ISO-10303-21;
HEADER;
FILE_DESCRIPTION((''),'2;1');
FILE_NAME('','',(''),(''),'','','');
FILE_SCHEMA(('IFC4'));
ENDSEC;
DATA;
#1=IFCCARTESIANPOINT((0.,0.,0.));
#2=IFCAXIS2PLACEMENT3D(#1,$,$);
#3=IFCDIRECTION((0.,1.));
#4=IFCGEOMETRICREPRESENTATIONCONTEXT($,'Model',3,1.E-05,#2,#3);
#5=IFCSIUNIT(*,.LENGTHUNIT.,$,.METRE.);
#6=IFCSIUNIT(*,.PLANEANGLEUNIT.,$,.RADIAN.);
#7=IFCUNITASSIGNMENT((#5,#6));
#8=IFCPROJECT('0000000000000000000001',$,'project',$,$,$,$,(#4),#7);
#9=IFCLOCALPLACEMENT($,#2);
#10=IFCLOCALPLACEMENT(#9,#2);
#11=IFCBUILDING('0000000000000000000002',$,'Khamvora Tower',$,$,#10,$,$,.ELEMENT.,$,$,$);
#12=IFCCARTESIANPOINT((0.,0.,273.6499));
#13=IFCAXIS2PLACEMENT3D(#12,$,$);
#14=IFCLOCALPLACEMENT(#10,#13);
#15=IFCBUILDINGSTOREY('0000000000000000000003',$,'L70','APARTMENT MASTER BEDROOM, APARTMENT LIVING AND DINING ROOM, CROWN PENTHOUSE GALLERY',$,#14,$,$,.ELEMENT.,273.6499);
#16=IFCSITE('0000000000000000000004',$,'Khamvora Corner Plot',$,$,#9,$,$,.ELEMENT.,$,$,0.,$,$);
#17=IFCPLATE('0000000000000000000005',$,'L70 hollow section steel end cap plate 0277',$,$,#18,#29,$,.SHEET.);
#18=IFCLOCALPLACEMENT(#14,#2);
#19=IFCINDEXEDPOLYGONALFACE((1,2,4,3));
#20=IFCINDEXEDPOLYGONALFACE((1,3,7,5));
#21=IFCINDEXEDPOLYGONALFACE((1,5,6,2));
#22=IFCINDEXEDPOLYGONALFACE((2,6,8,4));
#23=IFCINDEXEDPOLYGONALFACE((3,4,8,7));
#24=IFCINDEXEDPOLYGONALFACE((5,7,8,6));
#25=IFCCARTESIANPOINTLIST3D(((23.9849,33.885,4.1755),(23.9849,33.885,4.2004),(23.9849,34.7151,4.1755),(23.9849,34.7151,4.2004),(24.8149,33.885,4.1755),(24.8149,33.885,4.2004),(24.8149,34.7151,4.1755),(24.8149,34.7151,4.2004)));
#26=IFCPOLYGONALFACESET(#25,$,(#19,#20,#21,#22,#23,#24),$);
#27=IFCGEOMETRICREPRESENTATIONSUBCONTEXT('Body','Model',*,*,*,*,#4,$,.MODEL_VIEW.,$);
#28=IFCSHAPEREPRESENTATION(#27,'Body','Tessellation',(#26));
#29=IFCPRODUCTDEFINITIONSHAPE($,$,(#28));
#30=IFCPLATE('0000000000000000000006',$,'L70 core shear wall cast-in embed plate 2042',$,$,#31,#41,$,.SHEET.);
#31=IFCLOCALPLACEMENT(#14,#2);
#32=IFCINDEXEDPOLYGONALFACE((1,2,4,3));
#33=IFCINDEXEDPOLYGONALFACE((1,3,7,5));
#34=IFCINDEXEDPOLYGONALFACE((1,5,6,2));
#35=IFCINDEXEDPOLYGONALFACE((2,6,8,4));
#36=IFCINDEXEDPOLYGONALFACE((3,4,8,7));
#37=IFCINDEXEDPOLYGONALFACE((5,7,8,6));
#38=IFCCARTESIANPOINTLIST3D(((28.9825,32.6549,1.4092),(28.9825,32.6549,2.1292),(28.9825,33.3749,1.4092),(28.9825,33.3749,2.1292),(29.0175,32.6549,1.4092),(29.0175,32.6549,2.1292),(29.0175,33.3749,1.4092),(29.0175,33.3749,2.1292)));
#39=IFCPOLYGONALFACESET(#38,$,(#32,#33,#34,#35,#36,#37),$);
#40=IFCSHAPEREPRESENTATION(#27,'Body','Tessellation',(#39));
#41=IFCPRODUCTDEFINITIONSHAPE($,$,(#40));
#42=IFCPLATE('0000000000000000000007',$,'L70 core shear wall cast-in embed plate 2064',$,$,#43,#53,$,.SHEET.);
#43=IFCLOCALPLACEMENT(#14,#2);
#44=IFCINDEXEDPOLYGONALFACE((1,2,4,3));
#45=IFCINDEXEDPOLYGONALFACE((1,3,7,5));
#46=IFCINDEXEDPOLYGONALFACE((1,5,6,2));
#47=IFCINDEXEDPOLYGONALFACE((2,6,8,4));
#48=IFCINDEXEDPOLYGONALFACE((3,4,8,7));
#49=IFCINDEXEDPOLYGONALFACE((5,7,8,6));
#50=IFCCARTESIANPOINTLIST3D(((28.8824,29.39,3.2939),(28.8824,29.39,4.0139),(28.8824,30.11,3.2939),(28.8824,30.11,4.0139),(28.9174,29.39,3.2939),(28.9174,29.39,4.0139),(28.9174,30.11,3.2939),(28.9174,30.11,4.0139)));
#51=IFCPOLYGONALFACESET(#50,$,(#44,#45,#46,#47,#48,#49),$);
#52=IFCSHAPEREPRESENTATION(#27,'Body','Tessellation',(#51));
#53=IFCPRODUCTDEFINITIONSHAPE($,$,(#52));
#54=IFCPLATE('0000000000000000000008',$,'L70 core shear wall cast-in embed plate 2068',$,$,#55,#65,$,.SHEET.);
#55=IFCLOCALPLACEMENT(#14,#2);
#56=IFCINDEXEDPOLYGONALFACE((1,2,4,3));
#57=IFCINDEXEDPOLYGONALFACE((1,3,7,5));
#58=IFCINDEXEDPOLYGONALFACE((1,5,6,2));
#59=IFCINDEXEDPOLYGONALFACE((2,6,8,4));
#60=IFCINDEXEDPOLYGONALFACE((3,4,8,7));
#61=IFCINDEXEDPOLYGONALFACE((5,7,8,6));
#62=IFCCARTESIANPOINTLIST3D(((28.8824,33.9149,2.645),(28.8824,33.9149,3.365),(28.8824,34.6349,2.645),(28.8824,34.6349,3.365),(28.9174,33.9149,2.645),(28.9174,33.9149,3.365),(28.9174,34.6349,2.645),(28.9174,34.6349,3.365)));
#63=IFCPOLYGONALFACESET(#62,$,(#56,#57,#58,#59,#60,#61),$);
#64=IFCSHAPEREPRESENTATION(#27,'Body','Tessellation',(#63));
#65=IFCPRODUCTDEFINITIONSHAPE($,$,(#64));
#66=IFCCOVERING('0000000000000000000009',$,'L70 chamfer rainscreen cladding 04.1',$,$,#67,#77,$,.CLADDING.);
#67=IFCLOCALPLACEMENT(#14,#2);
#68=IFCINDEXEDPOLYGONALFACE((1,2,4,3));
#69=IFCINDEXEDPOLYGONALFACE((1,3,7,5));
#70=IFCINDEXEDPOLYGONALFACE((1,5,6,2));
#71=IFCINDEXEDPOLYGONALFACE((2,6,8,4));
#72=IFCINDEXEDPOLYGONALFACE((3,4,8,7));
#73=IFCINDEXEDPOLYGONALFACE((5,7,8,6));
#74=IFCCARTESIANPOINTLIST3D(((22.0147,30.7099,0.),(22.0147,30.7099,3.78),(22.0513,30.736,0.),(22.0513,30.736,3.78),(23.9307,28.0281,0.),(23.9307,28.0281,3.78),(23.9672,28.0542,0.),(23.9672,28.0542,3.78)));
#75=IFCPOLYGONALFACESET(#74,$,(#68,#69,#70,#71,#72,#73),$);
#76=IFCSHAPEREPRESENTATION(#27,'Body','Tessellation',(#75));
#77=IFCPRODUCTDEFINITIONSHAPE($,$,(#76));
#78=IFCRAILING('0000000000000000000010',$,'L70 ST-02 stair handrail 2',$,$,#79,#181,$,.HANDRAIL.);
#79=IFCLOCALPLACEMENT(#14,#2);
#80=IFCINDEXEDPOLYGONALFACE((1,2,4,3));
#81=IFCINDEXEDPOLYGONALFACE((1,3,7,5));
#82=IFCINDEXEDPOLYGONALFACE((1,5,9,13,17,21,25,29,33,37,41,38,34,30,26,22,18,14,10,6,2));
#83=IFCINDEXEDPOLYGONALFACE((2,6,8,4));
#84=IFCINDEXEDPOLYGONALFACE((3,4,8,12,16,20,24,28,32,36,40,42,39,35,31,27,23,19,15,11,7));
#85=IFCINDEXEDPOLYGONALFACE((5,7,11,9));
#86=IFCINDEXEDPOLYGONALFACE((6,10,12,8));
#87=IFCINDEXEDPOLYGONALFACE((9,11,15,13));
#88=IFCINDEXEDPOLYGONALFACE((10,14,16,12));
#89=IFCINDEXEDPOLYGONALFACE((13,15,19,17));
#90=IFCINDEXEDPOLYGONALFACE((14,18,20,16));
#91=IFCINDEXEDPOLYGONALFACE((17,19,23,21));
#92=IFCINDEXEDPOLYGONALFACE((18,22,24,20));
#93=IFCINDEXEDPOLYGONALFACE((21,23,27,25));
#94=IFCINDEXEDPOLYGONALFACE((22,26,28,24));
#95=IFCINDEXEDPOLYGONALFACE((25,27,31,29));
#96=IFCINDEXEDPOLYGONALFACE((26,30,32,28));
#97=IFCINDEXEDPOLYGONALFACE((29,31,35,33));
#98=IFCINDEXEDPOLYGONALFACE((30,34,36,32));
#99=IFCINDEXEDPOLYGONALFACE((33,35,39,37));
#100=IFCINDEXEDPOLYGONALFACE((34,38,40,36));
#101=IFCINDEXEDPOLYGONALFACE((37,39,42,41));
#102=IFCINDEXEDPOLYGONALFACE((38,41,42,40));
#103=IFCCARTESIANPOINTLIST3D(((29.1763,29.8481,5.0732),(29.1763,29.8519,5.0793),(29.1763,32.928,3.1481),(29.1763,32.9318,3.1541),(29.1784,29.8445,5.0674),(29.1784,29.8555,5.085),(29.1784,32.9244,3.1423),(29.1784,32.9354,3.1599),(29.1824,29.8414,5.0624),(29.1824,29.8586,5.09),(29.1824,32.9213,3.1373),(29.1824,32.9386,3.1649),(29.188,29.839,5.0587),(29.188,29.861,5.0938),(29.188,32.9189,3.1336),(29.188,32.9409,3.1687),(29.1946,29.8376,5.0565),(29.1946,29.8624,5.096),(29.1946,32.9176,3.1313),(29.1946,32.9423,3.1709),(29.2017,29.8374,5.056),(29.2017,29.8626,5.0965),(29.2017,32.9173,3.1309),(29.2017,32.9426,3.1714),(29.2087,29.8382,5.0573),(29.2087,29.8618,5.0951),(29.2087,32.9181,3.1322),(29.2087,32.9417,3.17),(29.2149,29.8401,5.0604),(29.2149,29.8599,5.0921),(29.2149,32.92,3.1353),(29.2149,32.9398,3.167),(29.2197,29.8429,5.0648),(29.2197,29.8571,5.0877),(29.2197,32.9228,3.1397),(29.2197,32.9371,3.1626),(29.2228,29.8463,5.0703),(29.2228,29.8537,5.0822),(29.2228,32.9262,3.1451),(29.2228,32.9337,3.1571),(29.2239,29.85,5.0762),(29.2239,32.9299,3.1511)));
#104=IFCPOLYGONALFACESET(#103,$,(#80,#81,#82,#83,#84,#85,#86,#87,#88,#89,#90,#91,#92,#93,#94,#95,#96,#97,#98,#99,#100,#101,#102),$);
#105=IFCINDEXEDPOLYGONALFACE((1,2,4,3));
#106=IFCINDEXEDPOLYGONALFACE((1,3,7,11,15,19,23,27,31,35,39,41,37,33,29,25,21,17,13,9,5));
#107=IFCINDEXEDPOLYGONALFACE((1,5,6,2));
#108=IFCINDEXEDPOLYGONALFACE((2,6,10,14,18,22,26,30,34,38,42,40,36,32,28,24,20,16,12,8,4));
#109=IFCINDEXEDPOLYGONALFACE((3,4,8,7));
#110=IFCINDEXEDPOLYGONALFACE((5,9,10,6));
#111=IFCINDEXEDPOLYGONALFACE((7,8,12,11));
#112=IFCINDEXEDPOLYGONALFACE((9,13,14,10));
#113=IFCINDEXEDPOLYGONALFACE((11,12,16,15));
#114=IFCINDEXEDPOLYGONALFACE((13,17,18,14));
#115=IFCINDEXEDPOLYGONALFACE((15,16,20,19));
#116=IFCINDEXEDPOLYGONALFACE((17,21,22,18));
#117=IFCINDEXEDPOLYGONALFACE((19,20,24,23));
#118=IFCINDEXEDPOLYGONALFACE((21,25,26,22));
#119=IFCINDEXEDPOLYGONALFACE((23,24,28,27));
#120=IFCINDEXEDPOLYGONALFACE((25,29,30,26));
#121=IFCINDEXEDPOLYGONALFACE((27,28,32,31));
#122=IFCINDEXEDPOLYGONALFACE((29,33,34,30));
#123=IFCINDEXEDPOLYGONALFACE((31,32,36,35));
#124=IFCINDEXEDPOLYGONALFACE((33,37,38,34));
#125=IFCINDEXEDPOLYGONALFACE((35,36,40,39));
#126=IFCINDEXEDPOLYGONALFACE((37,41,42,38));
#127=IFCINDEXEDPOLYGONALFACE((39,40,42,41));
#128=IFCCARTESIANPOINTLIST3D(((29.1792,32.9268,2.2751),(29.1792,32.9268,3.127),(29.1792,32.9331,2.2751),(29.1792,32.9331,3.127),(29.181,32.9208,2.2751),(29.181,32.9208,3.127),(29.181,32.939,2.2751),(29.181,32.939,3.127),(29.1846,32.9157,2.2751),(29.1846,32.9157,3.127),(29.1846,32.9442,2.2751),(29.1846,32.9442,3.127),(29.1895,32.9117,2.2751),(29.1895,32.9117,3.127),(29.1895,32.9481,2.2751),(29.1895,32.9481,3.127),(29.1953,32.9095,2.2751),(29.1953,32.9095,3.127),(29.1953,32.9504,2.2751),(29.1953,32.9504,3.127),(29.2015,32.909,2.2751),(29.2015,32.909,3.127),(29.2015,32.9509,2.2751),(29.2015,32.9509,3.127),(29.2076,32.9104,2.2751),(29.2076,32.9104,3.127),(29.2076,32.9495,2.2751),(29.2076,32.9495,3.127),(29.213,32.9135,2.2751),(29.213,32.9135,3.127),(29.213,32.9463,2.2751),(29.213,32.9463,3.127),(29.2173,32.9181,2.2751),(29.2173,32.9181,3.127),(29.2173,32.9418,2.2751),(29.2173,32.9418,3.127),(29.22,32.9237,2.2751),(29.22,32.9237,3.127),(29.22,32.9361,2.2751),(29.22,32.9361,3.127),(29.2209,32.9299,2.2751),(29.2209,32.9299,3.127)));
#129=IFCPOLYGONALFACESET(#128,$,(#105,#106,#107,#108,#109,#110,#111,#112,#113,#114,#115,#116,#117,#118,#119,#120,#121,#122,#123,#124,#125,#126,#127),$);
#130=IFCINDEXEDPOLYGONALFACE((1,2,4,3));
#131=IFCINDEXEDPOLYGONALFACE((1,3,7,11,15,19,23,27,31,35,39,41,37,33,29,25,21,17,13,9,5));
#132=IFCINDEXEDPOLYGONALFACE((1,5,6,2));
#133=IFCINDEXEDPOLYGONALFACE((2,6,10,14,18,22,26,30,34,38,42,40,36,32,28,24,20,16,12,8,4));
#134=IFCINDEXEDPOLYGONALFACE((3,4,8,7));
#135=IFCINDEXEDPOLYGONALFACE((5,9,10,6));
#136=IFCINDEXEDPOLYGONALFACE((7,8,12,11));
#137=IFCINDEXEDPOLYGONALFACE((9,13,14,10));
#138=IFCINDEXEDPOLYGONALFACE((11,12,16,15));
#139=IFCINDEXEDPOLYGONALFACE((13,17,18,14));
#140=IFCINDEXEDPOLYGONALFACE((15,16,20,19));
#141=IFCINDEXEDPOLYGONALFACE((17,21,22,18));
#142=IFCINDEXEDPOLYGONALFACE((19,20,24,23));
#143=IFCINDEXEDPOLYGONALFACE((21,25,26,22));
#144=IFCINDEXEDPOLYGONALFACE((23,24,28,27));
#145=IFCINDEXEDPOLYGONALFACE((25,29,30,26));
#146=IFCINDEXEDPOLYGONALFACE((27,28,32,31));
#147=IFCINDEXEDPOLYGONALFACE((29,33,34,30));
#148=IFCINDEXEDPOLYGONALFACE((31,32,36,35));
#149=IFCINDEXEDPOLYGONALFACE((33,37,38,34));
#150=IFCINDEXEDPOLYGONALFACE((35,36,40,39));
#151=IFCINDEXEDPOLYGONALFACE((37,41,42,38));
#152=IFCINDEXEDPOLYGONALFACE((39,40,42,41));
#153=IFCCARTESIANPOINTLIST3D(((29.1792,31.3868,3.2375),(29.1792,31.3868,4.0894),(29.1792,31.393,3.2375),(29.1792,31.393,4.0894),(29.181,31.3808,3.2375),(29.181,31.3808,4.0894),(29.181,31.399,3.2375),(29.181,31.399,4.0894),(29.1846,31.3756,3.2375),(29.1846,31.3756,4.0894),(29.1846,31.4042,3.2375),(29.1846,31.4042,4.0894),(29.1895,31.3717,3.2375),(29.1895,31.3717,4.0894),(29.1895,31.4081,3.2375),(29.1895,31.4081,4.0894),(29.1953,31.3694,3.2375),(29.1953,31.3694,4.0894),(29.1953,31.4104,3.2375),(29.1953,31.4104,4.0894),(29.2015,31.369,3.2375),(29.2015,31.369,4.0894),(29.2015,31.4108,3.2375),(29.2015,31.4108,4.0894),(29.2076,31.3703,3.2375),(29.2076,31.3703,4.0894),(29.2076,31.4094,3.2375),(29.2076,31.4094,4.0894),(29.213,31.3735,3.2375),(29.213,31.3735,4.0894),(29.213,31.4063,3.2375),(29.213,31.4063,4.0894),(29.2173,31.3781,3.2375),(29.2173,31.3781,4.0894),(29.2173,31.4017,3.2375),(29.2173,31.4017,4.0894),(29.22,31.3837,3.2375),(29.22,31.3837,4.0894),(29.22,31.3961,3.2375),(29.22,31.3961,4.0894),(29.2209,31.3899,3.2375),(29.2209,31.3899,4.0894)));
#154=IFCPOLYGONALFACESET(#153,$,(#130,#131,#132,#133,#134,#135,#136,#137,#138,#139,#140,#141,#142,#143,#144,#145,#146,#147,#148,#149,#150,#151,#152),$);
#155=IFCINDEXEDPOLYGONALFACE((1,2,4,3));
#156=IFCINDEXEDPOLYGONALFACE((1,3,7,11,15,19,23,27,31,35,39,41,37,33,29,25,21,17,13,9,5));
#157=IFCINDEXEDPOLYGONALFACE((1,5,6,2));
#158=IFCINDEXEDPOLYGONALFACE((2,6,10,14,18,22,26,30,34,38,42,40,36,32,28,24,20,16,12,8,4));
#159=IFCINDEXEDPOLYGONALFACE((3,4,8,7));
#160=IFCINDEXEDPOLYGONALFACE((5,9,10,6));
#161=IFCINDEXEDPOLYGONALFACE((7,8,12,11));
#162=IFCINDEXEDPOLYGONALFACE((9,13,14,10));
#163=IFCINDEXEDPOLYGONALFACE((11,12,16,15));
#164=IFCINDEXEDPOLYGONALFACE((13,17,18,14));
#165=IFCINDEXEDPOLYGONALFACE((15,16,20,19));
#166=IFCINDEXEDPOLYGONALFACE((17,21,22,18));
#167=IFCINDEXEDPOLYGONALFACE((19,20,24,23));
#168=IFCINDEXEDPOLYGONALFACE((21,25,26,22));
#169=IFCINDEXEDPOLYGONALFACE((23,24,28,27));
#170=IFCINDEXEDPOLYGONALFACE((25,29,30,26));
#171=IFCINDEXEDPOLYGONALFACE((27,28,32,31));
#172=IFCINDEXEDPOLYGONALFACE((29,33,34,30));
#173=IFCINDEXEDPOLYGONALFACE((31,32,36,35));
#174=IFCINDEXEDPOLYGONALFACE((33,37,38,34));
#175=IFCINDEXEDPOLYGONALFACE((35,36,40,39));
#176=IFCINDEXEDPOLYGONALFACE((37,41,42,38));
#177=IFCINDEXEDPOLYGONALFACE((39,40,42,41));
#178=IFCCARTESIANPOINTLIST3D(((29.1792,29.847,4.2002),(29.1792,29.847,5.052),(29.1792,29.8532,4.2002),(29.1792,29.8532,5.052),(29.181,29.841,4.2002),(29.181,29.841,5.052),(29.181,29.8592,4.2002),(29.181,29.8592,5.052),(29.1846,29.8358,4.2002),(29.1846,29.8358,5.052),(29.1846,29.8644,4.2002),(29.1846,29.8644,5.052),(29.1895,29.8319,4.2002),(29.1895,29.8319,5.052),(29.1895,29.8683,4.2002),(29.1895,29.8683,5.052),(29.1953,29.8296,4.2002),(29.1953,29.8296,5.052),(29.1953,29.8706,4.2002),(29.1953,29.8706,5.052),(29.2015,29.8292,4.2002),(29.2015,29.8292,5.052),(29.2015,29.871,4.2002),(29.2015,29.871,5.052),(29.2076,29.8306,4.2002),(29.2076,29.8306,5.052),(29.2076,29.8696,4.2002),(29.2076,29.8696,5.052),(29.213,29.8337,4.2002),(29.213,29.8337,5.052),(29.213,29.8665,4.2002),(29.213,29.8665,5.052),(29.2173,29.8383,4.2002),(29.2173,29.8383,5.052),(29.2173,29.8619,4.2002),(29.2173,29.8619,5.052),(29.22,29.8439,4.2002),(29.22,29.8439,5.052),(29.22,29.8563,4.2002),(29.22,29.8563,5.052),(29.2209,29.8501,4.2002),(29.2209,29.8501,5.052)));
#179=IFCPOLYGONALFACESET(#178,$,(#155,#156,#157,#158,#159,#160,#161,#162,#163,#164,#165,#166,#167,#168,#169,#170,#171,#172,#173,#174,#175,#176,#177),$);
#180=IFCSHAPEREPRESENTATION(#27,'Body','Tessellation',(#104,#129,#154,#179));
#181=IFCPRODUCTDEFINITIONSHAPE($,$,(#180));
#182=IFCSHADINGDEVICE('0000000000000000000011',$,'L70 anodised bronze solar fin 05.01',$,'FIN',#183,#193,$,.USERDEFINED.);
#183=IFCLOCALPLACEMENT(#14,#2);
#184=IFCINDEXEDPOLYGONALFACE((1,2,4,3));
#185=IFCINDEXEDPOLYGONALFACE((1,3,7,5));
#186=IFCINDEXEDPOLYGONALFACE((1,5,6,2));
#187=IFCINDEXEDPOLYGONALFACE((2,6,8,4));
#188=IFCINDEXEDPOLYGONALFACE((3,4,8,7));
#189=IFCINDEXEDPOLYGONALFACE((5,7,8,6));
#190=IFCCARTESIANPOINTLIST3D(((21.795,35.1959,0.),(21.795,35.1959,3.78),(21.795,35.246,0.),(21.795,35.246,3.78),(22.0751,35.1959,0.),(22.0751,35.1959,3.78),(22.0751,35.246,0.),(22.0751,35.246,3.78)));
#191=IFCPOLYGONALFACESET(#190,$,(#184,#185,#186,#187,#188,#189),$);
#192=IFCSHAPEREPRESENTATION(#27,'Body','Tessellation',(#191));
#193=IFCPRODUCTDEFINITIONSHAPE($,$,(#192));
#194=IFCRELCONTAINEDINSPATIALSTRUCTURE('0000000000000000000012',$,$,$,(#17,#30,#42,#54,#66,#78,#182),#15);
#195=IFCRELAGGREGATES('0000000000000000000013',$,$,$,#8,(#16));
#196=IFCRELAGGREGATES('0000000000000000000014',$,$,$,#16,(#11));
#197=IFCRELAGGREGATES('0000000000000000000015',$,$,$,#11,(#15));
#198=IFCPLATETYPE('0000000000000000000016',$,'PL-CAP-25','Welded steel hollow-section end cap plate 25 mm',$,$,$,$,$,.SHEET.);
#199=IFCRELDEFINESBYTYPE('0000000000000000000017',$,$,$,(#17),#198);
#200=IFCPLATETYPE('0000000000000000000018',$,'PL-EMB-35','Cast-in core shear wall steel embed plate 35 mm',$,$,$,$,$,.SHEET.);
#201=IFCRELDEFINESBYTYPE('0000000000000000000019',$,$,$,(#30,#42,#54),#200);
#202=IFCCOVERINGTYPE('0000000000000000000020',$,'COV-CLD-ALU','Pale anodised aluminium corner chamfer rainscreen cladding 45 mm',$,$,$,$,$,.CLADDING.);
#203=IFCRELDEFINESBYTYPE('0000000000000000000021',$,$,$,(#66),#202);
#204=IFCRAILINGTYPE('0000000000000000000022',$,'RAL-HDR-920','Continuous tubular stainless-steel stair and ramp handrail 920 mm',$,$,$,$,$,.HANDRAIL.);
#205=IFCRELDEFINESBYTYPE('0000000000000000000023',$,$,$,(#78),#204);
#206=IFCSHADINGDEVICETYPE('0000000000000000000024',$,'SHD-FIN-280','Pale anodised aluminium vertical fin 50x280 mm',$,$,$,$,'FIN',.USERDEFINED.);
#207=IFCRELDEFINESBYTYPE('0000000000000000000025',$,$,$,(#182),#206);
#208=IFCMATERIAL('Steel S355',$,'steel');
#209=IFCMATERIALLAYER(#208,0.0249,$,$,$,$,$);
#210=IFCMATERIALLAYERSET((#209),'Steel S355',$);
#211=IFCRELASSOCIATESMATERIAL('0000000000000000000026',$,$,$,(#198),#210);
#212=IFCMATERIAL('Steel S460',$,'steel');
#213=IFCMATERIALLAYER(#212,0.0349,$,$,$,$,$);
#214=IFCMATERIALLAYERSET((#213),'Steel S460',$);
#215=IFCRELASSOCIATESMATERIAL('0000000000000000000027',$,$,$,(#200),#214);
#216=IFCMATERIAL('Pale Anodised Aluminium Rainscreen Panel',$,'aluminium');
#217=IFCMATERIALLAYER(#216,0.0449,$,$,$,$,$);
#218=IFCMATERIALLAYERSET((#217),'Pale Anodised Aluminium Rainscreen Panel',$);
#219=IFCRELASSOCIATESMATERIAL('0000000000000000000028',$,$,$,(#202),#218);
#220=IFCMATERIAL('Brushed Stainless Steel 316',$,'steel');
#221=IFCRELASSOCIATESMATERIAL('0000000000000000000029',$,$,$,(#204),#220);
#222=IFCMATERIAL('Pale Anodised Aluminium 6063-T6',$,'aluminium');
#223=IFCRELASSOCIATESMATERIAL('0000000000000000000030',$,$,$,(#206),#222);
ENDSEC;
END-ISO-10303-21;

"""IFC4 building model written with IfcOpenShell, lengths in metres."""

from ifc_helpers import new_model, si_unit, direction, frame, origin, origin_2d, place, context, subcontext, project, spatial, rectangle, circle, extrude, material, layer, layer_set, type_object, element, save


model = new_model("IFC4")

# Units and contexts
model_context = context("Model", 3, precision=1e-05, world=origin(), true_north=direction((0.0, 1.0)))
body_context = subcontext(model_context, "Body", "Model", "MODEL_VIEW")
ifc_project = project(units=[si_unit("LENGTHUNIT", "METRE"), si_unit("PLANEANGLEUNIT", "RADIAN")], contexts=[model_context])

# Site, building, storey
site_placement = place(None, origin())
site = spatial("IfcSite", under=ifc_project, at=site_placement, Name="Khamvora Corner Plot", CompositionType="ELEMENT", RefElevation=0.0)
building_placement = place(site_placement, origin())
building = spatial("IfcBuilding", under=site, at=building_placement, Name="Khamvora Tower", CompositionType="ELEMENT")
storey_placement = place(building_placement, frame((0.0, 0.0, 273.6499)))
storey = spatial("IfcBuildingStorey", under=building, at=storey_placement, Name="L70", Description="APARTMENT MASTER BEDROOM, APARTMENT LIVING AND DINING ROOM, CROWN PENTHOUSE GALLERY", CompositionType="ELEMENT", Elevation=273.6499)

# Shared definitions
ifc_material_1 = material(Name="Steel S355", Category="steel")

# Shared definitions
ifc_material_2 = material(Name="Steel S460", Category="steel")

# Plates
ifc_layer_1 = layer(ifc_material_1, 0.0249)
ifc_layer_set_1 = layer_set([ifc_layer_1], Name="Steel S355")
plate_type_1 = type_object("IfcPlateType", Name="PL-CAP-25", Description="Welded steel hollow-section end cap plate 25 mm", PredefinedType="SHEET", material=ifc_layer_set_1)
plate_1_placement = place(storey_placement, frame((24.3999, 34.3, 4.1755), z_axis=(0.0, 0.0, 1.0), x_axis=(1.0, 0.0, 0.0)))
element("IfcPlate", 1, at=plate_1_placement, inside=storey, type_object=plate_type_1, Name="L70 hollow section steel end cap plate 0277", PredefinedType="SHEET", context=body_context, shape_type="SweptSolid", body=[
    extrude(rectangle(XDim=0.8301, YDim=0.8301, at=origin_2d()), origin(), (0.0, 0.0, 1.0), 0.0249),
])
ifc_layer_2 = layer(ifc_material_2, 0.0349)
ifc_layer_set_2 = layer_set([ifc_layer_2], Name="Steel S460")
plate_type_2 = type_object("IfcPlateType", Name="PL-EMB-35", Description="Cast-in core shear wall steel embed plate 35 mm", PredefinedType="SHEET", material=ifc_layer_set_2)
for number, where, z_axis, x_axis, name in (
    (2, (29.0, 33.0149, 1.4092), (0.0, 0.0, 1.0), (1.0, 0.0, 0.0), "L70 core shear wall cast-in embed plate 2042"),
    (3, (28.8999, 29.75, 3.2939), (0.0, 0.0, 1.0), (1.0, 0.0, 0.0), "L70 core shear wall cast-in embed plate 2064"),
    (4, (28.8999, 34.2749, 2.645), (0.0, 0.0, 1.0), (1.0, 0.0, 0.0), "L70 core shear wall cast-in embed plate 2068"),
):
    element("IfcPlate", number, at=place(storey_placement, frame(where, z_axis=z_axis, x_axis=x_axis)), inside=storey, type_object=plate_type_2, Name=name, PredefinedType="SHEET", context=body_context, shape_type="SweptSolid", body=[
        extrude(rectangle(XDim=0.0349, YDim=0.72, at=origin_2d()), origin(), (0.0, 0.0, 1.0), 0.72),
    ])

# Covering
ifc_material_3 = material(Name="Pale Anodised Aluminium Rainscreen Panel", Category="aluminium")
ifc_layer_3 = layer(ifc_material_3, 0.0449)
ifc_layer_set_3 = layer_set([ifc_layer_3], Name="Pale Anodised Aluminium Rainscreen Panel")
covering_type = type_object("IfcCoveringType", Name="COV-CLD-ALU", Description="Pale anodised aluminium corner chamfer rainscreen cladding 45 mm", PredefinedType="CLADDING", material=ifc_layer_set_3)
covering_placement = place(storey_placement, frame((22.991, 29.3821, 0.0), z_axis=(0.0, 0.0, 1.0), x_axis=(-0.581322, 0.813674, 0.0)))
element("IfcCovering", 5, at=covering_placement, inside=storey, type_object=covering_type, Name="L70 chamfer rainscreen cladding 04.1", PredefinedType="CLADDING", context=body_context, shape_type="SweptSolid", body=[
    extrude(rectangle(XDim=3.2959, YDim=0.0449, at=origin_2d()), origin(), (0.0, 0.0, 1.0), 3.78),
])

# Railing
ifc_material_4 = material(Name="Brushed Stainless Steel 316", Category="steel")
railing_type = type_object("IfcRailingType", Name="RAL-HDR-920", Description="Continuous tubular stainless-steel stair and ramp handrail 920 mm", PredefinedType="HANDRAIL", material=ifc_material_4)
railing_placement = place(storey_placement, frame((29.2, 32.9299, 2.2751)))
element("IfcRailing", 6, at=railing_placement, inside=storey, type_object=railing_type, Name="L70 ST-02 stair handrail 2", PredefinedType="HANDRAIL", context=body_context, shape_type="SweptSolid", body=[
    extrude(circle(Radius=0.0239, at=origin_2d()), frame((0.0, 0.0, 0.876), z_axis=(0.0, -0.847979, 0.530029), x_axis=(1.0, 0.0, 0.0)), (0.0, 0.0, 1.0), 3.6321),
    extrude(circle(Radius=0.021, at=origin_2d()), origin(), (0.0, 0.0, 1.0), 0.8518),
    extrude(circle(Radius=0.021, at=origin_2d()), frame((0.0, -1.54, 0.9624)), (0.0, 0.0, 1.0), 0.8518),
    extrude(circle(Radius=0.021, at=origin_2d()), frame((0.0, -3.0798, 1.925)), (0.0, 0.0, 1.0), 0.8518),
])

# Shading device
ifc_material_5 = material(Name="Pale Anodised Aluminium 6063-T6", Category="aluminium")
shading_device_type = type_object("IfcShadingDeviceType", Name="SHD-FIN-280", Description="Pale anodised aluminium vertical fin 50x280 mm", ElementType="FIN", PredefinedType="USERDEFINED", material=ifc_material_5)
shading_device_placement = place(storey_placement, frame((21.9351, 35.2209, 0.0), z_axis=(0.0, 0.0, 1.0), x_axis=(0.0, 1.0, 0.0)))
element("IfcShadingDevice", 7, at=shading_device_placement, inside=storey, type_object=shading_device_type, Name="L70 anodised bronze solar fin 05.01", ObjectType="FIN", PredefinedType="USERDEFINED", context=body_context, shape_type="SweptSolid", body=[
    extrude(rectangle(XDim=0.05, YDim=0.28, at=origin_2d()), origin(), (0.0, 0.0, 1.0), 3.78),
])

save(model, "model.ifc")
